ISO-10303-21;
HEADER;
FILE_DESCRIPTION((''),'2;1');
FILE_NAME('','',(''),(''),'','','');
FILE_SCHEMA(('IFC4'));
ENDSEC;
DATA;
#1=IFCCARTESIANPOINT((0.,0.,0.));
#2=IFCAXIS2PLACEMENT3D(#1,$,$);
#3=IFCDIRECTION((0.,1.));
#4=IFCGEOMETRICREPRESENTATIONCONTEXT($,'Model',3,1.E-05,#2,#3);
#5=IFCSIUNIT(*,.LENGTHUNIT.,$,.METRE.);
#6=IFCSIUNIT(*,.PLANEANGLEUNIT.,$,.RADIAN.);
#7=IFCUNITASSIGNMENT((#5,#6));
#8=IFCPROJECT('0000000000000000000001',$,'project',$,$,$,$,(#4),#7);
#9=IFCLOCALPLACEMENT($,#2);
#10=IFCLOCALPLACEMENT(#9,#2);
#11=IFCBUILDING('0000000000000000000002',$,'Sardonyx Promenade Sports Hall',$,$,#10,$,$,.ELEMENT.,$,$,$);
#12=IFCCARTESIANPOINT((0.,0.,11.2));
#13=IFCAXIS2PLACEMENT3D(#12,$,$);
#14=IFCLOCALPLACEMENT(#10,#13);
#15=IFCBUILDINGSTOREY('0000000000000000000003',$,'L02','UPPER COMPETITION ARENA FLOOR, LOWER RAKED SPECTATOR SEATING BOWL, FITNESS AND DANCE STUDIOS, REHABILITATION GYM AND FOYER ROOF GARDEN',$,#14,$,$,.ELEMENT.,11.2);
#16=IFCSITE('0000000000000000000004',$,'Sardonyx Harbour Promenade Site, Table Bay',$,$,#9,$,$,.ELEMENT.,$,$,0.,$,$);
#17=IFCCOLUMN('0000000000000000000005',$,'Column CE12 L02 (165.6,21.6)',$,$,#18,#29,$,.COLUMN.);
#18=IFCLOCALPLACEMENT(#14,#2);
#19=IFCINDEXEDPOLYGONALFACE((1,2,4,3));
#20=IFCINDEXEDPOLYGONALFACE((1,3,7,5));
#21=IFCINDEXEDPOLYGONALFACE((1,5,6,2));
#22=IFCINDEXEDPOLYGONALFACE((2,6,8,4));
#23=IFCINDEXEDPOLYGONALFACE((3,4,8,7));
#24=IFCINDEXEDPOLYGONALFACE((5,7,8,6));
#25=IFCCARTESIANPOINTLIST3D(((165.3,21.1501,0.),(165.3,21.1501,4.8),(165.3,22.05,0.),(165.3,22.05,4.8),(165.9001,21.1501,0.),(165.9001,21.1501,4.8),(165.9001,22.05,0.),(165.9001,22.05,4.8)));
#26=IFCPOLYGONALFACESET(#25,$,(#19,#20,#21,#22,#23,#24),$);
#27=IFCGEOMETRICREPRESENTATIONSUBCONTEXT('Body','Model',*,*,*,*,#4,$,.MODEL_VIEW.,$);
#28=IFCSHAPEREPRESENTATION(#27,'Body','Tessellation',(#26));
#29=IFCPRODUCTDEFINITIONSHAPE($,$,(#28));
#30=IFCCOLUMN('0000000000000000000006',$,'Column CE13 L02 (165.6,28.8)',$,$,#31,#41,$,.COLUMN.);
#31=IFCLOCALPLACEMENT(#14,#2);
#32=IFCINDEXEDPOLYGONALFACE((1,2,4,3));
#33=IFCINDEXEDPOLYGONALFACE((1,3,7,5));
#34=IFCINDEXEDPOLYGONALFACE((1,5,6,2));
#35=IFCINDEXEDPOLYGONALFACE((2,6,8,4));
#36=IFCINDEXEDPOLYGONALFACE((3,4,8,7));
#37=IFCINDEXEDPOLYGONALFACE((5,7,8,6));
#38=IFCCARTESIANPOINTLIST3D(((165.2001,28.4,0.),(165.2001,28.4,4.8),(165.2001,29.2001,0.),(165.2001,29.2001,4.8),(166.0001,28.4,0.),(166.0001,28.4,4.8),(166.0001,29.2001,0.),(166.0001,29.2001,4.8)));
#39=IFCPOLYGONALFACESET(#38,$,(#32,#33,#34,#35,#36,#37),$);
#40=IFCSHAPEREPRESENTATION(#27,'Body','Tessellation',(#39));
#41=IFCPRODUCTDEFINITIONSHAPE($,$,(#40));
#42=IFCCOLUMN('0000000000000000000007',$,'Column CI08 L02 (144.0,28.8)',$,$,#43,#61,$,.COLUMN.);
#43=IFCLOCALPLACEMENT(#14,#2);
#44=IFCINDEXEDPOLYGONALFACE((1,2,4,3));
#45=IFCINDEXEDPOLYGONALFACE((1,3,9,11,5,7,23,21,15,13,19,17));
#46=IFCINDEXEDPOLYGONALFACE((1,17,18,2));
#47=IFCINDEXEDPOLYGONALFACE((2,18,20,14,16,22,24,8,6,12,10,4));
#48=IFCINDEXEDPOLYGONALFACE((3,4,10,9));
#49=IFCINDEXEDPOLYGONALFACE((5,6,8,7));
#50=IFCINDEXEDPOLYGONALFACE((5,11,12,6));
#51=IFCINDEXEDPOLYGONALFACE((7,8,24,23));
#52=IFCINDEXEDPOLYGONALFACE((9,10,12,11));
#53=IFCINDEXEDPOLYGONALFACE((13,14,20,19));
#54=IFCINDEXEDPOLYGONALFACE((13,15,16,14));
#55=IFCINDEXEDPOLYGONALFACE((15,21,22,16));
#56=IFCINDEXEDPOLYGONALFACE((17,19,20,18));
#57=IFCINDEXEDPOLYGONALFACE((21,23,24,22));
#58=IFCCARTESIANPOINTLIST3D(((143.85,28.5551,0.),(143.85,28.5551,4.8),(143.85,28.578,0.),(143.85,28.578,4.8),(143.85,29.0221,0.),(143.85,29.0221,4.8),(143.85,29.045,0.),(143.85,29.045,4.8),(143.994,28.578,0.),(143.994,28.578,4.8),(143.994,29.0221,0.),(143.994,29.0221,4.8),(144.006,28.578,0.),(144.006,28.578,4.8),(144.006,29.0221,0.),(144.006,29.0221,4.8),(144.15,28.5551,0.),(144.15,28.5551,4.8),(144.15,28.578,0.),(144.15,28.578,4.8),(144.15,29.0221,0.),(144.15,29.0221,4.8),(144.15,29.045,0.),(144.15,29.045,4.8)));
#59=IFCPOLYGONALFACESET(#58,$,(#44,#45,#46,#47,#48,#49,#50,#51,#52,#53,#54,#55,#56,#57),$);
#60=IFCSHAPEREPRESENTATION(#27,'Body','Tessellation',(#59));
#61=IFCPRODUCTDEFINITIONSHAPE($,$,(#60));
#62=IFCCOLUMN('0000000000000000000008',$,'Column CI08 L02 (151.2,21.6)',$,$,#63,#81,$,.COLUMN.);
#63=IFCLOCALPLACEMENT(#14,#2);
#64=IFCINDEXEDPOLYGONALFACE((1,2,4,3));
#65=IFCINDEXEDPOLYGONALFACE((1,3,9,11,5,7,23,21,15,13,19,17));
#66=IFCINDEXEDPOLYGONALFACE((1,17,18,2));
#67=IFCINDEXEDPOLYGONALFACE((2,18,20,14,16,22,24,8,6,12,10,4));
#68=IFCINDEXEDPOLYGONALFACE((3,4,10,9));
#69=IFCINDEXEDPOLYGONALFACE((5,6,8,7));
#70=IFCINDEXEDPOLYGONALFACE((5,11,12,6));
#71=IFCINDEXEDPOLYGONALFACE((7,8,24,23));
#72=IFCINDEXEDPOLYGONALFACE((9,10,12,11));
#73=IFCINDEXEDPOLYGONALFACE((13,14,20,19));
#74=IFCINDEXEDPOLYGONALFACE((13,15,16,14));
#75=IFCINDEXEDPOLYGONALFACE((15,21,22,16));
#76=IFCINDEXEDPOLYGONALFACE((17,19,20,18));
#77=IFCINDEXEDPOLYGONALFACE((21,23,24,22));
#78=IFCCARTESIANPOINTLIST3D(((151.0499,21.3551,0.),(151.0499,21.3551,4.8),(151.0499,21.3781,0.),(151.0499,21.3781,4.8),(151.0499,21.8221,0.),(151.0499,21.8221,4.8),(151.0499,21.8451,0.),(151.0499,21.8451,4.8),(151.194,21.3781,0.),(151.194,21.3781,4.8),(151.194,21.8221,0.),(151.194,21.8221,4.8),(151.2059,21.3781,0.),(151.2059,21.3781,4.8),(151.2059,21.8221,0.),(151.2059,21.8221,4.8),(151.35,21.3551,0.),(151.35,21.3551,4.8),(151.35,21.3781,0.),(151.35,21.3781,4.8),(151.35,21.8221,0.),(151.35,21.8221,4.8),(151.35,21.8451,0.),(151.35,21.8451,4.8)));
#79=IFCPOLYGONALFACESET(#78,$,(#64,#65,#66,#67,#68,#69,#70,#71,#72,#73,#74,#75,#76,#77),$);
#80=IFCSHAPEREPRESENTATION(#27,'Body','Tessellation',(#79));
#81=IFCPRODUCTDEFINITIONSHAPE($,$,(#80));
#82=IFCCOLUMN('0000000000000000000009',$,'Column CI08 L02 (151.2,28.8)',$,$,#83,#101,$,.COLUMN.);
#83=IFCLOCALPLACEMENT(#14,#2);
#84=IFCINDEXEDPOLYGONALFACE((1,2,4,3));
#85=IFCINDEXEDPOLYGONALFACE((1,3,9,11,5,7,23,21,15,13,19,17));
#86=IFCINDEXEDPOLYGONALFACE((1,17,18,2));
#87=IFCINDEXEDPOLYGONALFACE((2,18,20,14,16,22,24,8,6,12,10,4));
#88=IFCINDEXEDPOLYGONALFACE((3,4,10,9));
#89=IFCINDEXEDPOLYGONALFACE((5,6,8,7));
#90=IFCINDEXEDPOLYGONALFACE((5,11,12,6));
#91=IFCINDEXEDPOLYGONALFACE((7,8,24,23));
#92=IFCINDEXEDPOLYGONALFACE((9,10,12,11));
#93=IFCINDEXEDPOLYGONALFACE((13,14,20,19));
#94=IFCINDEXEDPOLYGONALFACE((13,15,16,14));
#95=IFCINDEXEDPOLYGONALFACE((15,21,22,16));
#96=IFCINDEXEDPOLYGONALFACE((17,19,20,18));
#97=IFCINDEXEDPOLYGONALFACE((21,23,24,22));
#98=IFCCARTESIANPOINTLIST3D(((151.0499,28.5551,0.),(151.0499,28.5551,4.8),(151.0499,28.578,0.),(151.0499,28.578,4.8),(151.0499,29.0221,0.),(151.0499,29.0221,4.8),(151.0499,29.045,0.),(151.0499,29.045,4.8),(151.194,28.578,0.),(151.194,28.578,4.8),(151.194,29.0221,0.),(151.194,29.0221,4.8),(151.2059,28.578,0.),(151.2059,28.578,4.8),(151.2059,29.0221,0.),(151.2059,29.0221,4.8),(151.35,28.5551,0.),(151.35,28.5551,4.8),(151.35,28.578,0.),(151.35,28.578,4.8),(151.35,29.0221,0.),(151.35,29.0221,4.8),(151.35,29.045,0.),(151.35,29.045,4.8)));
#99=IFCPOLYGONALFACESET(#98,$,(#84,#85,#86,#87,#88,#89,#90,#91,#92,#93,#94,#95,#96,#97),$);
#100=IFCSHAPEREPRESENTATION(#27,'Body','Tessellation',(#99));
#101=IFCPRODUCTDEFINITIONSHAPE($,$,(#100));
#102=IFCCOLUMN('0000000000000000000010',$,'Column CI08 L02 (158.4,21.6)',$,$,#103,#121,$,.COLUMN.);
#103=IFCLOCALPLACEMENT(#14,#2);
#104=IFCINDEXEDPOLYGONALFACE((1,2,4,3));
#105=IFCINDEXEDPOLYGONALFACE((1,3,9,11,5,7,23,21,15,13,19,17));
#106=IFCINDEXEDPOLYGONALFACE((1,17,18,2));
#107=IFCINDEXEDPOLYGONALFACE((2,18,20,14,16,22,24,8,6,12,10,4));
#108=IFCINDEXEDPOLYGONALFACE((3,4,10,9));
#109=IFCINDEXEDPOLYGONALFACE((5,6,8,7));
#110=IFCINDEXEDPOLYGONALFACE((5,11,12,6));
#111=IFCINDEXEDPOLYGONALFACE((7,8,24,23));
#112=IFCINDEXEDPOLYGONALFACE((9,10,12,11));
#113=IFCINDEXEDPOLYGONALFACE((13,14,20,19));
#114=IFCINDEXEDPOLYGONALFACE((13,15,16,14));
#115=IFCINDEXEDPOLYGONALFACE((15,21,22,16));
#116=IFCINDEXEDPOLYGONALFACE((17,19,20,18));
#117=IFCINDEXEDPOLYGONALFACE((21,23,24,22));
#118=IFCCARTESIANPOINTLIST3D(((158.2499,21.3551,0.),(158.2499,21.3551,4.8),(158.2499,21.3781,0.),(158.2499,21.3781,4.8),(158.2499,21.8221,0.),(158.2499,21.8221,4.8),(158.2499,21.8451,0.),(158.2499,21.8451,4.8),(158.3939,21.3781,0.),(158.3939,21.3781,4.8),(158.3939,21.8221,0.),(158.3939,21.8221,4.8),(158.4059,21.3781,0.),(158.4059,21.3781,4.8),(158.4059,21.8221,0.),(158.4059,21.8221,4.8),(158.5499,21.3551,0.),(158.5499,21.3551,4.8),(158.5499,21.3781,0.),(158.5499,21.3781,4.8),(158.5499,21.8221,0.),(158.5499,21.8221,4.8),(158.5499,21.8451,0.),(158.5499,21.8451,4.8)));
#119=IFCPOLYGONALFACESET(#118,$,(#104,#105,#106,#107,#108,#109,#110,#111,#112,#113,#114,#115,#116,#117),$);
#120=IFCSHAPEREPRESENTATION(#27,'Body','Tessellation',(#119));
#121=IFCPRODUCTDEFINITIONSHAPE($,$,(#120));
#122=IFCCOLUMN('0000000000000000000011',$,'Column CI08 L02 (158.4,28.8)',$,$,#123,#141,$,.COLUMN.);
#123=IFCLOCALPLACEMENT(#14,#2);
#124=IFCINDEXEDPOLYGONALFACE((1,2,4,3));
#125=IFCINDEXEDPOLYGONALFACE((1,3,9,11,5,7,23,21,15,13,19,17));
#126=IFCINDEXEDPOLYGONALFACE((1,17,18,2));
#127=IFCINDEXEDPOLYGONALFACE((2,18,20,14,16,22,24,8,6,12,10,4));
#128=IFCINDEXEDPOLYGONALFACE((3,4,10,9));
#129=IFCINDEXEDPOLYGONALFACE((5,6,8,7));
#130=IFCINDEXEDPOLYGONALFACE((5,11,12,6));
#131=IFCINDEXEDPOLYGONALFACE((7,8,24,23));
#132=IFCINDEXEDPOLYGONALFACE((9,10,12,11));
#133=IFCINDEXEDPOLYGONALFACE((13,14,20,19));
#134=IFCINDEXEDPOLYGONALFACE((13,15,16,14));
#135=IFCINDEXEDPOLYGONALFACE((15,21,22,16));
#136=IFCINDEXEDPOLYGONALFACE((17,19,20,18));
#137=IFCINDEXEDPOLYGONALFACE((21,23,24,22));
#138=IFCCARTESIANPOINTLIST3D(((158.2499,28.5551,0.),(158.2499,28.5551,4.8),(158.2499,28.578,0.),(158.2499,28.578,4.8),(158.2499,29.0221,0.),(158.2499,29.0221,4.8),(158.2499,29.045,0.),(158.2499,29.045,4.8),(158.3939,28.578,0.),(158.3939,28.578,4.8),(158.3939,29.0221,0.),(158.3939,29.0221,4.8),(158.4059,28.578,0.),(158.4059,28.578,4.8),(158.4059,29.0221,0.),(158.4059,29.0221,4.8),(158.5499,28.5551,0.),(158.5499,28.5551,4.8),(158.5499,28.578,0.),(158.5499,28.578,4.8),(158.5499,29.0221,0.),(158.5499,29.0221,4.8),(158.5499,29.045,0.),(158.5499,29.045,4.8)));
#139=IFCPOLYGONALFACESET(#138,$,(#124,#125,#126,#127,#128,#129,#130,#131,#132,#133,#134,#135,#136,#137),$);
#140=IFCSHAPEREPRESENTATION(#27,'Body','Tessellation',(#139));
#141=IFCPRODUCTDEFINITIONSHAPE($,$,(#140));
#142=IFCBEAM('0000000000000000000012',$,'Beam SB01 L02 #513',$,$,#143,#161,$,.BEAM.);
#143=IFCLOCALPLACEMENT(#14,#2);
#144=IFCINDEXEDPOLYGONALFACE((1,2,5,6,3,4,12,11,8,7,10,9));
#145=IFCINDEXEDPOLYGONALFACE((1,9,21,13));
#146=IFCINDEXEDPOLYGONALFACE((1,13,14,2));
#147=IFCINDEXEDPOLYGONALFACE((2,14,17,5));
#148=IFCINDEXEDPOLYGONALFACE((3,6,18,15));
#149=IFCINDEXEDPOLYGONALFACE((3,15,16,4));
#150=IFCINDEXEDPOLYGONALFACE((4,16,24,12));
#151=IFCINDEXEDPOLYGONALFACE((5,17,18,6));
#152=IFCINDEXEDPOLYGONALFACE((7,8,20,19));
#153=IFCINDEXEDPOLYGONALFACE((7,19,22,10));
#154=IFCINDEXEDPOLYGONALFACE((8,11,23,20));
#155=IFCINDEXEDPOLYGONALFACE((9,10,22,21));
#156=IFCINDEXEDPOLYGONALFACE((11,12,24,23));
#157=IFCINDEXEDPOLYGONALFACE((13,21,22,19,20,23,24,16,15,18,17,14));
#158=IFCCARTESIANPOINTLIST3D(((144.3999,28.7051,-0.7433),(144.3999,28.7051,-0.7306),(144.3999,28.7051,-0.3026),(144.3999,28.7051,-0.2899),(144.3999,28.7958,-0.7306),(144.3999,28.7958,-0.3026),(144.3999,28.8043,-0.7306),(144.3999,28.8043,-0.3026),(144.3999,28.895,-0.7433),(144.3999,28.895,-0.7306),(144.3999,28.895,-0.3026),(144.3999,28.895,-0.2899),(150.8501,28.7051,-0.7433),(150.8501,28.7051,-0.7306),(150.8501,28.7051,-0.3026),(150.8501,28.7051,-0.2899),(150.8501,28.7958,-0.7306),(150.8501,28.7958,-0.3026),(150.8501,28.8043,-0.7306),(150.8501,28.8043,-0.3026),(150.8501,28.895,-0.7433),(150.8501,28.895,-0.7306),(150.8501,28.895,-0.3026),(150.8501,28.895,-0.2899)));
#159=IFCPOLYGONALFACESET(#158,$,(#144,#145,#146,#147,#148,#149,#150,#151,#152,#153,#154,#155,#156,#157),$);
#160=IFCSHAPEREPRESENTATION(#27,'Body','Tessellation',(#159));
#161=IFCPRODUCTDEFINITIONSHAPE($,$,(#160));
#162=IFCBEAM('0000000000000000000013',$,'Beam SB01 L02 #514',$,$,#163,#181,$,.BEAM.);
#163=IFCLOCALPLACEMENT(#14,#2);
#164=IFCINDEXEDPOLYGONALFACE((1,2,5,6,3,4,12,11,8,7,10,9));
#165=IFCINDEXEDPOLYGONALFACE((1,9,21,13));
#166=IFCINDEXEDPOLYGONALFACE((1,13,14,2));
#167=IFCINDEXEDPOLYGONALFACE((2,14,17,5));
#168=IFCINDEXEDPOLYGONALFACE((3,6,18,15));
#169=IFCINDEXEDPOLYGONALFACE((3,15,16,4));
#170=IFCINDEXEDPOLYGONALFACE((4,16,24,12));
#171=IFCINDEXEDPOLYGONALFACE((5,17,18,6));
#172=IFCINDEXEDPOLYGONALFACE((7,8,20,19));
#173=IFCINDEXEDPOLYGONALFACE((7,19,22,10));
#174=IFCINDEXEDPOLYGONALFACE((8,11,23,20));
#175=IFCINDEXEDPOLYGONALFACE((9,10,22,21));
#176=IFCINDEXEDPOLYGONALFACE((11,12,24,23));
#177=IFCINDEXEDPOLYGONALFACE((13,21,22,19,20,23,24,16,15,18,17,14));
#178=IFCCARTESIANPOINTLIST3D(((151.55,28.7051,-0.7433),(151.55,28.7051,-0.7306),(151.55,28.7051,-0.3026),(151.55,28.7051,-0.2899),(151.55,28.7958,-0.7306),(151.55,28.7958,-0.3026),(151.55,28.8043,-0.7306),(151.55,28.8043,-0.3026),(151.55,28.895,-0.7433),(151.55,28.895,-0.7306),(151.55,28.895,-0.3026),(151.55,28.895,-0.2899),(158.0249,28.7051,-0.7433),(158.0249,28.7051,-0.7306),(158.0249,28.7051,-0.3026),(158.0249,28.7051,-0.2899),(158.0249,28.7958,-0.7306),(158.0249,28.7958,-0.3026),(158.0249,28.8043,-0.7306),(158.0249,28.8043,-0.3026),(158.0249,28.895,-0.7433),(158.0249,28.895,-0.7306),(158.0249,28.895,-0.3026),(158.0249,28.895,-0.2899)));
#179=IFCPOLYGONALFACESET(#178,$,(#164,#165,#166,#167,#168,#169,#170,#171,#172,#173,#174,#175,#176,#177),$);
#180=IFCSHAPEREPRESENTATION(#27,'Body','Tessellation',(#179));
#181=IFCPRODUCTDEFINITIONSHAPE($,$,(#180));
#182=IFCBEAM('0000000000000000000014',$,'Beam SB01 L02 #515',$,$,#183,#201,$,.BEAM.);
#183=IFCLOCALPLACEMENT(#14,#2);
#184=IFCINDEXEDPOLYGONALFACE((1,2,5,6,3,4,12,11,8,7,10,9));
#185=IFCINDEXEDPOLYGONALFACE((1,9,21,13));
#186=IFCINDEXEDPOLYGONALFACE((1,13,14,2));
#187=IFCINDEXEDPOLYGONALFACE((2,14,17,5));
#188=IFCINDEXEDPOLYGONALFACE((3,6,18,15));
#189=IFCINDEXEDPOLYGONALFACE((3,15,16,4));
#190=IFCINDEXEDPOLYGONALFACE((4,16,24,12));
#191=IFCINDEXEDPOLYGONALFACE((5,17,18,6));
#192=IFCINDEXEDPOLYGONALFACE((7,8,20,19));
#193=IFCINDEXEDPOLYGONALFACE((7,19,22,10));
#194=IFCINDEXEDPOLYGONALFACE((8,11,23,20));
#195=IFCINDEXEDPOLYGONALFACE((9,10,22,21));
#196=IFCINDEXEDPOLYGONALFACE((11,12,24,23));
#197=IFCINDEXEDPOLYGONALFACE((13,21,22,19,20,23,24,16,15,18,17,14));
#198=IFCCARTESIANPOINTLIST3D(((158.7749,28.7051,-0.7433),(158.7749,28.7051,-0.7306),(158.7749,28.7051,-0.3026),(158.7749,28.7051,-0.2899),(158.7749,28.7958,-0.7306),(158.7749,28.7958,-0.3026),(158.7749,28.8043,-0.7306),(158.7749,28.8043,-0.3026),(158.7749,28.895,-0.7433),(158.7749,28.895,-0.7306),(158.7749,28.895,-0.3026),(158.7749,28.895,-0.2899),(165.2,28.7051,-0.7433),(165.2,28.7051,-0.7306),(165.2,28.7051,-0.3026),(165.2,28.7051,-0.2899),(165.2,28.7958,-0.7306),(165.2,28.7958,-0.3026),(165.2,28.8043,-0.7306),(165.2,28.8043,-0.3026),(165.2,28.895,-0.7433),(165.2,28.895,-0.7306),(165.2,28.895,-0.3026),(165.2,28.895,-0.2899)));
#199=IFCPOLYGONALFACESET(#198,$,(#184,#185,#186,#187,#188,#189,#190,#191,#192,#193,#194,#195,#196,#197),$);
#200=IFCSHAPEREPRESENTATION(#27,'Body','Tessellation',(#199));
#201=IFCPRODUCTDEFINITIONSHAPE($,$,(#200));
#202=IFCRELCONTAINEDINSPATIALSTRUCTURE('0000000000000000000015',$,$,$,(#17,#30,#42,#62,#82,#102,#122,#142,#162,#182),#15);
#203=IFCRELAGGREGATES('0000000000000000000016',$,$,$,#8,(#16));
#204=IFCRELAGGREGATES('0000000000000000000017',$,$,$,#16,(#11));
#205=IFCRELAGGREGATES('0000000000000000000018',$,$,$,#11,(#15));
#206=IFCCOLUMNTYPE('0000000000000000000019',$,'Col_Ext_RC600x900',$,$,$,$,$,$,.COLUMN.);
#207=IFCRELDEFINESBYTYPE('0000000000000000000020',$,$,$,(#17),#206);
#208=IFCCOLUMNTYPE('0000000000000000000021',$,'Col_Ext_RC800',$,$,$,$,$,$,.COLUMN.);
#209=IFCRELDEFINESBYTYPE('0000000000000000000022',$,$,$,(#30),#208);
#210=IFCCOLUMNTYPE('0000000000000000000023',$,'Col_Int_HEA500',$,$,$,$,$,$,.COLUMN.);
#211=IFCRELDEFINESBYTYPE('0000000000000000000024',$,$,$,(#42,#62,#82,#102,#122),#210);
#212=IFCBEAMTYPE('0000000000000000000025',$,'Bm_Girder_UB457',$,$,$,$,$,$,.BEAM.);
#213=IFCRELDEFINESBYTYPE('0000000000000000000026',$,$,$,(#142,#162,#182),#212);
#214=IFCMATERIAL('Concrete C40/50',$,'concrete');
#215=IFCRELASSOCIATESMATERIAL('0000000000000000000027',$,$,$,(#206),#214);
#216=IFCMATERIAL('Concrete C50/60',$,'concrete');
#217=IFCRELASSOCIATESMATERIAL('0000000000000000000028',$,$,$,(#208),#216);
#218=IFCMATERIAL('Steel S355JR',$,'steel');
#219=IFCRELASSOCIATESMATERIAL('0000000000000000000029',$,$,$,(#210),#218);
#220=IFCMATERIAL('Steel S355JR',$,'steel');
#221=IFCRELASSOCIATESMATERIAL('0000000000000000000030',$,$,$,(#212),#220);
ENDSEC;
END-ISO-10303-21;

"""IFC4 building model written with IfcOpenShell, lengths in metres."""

from ifc_helpers import new_model, si_unit, direction, frame, origin, origin_2d, place, context, subcontext, project, spatial, rectangle, i_section, extrude, material, material_profile, profile_set, type_object, element, save


model = new_model("IFC4")

# Units and contexts
model_context = context("Model", 3, precision=1e-05, world=origin(), true_north=direction((0.0, 1.0)))
body_context = subcontext(model_context, "Body", "Model", "MODEL_VIEW")
ifc_project = project(units=[si_unit("LENGTHUNIT", "METRE"), si_unit("PLANEANGLEUNIT", "RADIAN")], contexts=[model_context])

# Site, building, storey
site_placement = place(None, origin())
site = spatial("IfcSite", under=ifc_project, at=site_placement, Name="Sardonyx Harbour Promenade Site, Table Bay", CompositionType="ELEMENT", RefElevation=0.0)
building_placement = place(site_placement, origin())
building = spatial("IfcBuilding", under=site, at=building_placement, Name="Sardonyx Promenade Sports Hall", CompositionType="ELEMENT")
storey_placement = place(building_placement, frame((0.0, 0.0, 11.2)))
storey = spatial("IfcBuildingStorey", under=building, at=storey_placement, Name="L02", Description="UPPER COMPETITION ARENA FLOOR, LOWER RAKED SPECTATOR SEATING BOWL, FITNESS AND DANCE STUDIOS, REHABILITATION GYM AND FOYER ROOF GARDEN", CompositionType="ELEMENT", Elevation=11.2)

# Columns
ifc_material_1 = material(Name="Concrete C40/50", Category="concrete")
ifc_material_profile_1 = material_profile(ifc_material_1, rectangle(XDim=0.6001, YDim=0.8999, at=origin_2d()))
ifc_profile_set_1 = profile_set([ifc_material_profile_1], Name="Concrete C40/50")
column_type_1 = type_object("IfcColumnType", Name="Col_Ext_RC600x900", PredefinedType="COLUMN", material=ifc_profile_set_1)
column_1_placement = place(storey_placement, frame((165.6001, 21.6001, 0.0), z_axis=(0.0, 0.0, 1.0), x_axis=(1.0, 0.0, 0.0)))
element("IfcColumn", 1, at=column_1_placement, inside=storey, type_object=column_type_1, Name="Column CE12 L02 (165.6,21.6)", PredefinedType="COLUMN", context=body_context, shape_type="SweptSolid", body=[
    extrude(rectangle(XDim=0.6001, YDim=0.8999, at=origin_2d()), origin(), (0.0, 0.0, 1.0), 4.8),
])
ifc_material_2 = material(Name="Concrete C50/60", Category="concrete")
ifc_material_profile_2 = material_profile(ifc_material_2, rectangle(XDim=0.8, YDim=0.8, at=origin_2d()))
ifc_profile_set_2 = profile_set([ifc_material_profile_2], Name="Concrete C50/60")
column_type_2 = type_object("IfcColumnType", Name="Col_Ext_RC800", PredefinedType="COLUMN", material=ifc_profile_set_2)
column_2_placement = place(storey_placement, frame((165.6001, 28.8, 0.0), z_axis=(0.0, 0.0, 1.0), x_axis=(1.0, 0.0, 0.0)))
element("IfcColumn", 2, at=column_2_placement, inside=storey, type_object=column_type_2, Name="Column CE13 L02 (165.6,28.8)", PredefinedType="COLUMN", context=body_context, shape_type="SweptSolid", body=[
    extrude(rectangle(XDim=0.8, YDim=0.8, at=origin_2d()), origin(), (0.0, 0.0, 1.0), 4.8),
])
ifc_material_3 = material(Name="Steel S355JR", Category="steel")
ifc_material_profile_3 = material_profile(ifc_material_3, i_section(OverallWidth=0.3, OverallDepth=0.49, WebThickness=0.012, FlangeThickness=0.0229, at=origin_2d()))
ifc_profile_set_3 = profile_set([ifc_material_profile_3], Name="Steel S355JR")
column_type_3 = type_object("IfcColumnType", Name="Col_Int_HEA500", PredefinedType="COLUMN", material=ifc_profile_set_3)
for number, where, z_axis, x_axis, name in (
    (3, (144.0, 28.8, 0.0), (0.0, 0.0, 1.0), (1.0, 0.0, 0.0), "Column CI08 L02 (144.0,28.8)"),
    (4, (151.2, 21.6001, 0.0), (0.0, 0.0, 1.0), (1.0, 0.0, 0.0), "Column CI08 L02 (151.2,21.6)"),
    (5, (151.2, 28.8, 0.0), (0.0, 0.0, 1.0), (1.0, 0.0, 0.0), "Column CI08 L02 (151.2,28.8)"),
    (6, (158.3999, 21.6001, 0.0), (0.0, 0.0, 1.0), (1.0, 0.0, 0.0), "Column CI08 L02 (158.4,21.6)"),
    (7, (158.3999, 28.8, 0.0), (0.0, 0.0, 1.0), (1.0, 0.0, 0.0), "Column CI08 L02 (158.4,28.8)"),
):
    element("IfcColumn", number, at=place(storey_placement, frame(where, z_axis=z_axis, x_axis=x_axis)), inside=storey, type_object=column_type_3, Name=name, PredefinedType="COLUMN", context=body_context, shape_type="SweptSolid", body=[
        extrude(i_section(OverallWidth=0.3, OverallDepth=0.49, WebThickness=0.012, FlangeThickness=0.0229, at=origin_2d()), origin(), (0.0, 0.0, 1.0), 4.8),
    ])

# Beams
ifc_material_4 = material(Name="Steel S355JR", Category="steel")
ifc_material_profile_4 = material_profile(ifc_material_4, i_section(OverallWidth=0.1899, OverallDepth=0.4534, WebThickness=0.0085, FlangeThickness=0.0127, at=origin_2d()))
ifc_profile_set_4 = profile_set([ifc_material_profile_4], Name="Steel S355JR")
beam_type_1 = type_object("IfcBeamType", Name="Bm_Girder_UB457", PredefinedType="BEAM", material=ifc_profile_set_4)
beam_1_placement = place(storey_placement, frame((144.3999, 28.8, -0.5166), z_axis=(1.0, 0.0, 0.0), x_axis=(0.0, 1.0, 0.0)))
element("IfcBeam", 8, at=beam_1_placement, inside=storey, type_object=beam_type_1, Name="Beam SB01 L02 #513", PredefinedType="BEAM", context=body_context, shape_type="SweptSolid", body=[
    extrude(i_section(OverallWidth=0.1899, OverallDepth=0.4534, WebThickness=0.0085, FlangeThickness=0.0127, at=origin_2d()), origin(), (0.0, 0.0, 1.0), 6.4502),
])
beam_2_placement = place(storey_placement, frame((151.55, 28.8, -0.5166), z_axis=(1.0, 0.0, 0.0), x_axis=(0.0, 1.0, 0.0)))
element("IfcBeam", 9, at=beam_2_placement, inside=storey, type_object=beam_type_1, Name="Beam SB01 L02 #514", PredefinedType="BEAM", context=body_context, shape_type="SweptSolid", body=[
    extrude(i_section(OverallWidth=0.1899, OverallDepth=0.4534, WebThickness=0.0085, FlangeThickness=0.0127, at=origin_2d()), origin(), (0.0, 0.0, 1.0), 6.4749),
])
beam_3_placement = place(storey_placement, frame((158.7749, 28.8, -0.5166), z_axis=(1.0, 0.0, 0.0), x_axis=(0.0, 1.0, 0.0)))
element("IfcBeam", 10, at=beam_3_placement, inside=storey, type_object=beam_type_1, Name="Beam SB01 L02 #515", PredefinedType="BEAM", context=body_context, shape_type="SweptSolid", body=[
    extrude(i_section(OverallWidth=0.1899, OverallDepth=0.4534, WebThickness=0.0085, FlangeThickness=0.0127, at=origin_2d()), origin(), (0.0, 0.0, 1.0), 6.425),
])

save(model, "model.ifc")
